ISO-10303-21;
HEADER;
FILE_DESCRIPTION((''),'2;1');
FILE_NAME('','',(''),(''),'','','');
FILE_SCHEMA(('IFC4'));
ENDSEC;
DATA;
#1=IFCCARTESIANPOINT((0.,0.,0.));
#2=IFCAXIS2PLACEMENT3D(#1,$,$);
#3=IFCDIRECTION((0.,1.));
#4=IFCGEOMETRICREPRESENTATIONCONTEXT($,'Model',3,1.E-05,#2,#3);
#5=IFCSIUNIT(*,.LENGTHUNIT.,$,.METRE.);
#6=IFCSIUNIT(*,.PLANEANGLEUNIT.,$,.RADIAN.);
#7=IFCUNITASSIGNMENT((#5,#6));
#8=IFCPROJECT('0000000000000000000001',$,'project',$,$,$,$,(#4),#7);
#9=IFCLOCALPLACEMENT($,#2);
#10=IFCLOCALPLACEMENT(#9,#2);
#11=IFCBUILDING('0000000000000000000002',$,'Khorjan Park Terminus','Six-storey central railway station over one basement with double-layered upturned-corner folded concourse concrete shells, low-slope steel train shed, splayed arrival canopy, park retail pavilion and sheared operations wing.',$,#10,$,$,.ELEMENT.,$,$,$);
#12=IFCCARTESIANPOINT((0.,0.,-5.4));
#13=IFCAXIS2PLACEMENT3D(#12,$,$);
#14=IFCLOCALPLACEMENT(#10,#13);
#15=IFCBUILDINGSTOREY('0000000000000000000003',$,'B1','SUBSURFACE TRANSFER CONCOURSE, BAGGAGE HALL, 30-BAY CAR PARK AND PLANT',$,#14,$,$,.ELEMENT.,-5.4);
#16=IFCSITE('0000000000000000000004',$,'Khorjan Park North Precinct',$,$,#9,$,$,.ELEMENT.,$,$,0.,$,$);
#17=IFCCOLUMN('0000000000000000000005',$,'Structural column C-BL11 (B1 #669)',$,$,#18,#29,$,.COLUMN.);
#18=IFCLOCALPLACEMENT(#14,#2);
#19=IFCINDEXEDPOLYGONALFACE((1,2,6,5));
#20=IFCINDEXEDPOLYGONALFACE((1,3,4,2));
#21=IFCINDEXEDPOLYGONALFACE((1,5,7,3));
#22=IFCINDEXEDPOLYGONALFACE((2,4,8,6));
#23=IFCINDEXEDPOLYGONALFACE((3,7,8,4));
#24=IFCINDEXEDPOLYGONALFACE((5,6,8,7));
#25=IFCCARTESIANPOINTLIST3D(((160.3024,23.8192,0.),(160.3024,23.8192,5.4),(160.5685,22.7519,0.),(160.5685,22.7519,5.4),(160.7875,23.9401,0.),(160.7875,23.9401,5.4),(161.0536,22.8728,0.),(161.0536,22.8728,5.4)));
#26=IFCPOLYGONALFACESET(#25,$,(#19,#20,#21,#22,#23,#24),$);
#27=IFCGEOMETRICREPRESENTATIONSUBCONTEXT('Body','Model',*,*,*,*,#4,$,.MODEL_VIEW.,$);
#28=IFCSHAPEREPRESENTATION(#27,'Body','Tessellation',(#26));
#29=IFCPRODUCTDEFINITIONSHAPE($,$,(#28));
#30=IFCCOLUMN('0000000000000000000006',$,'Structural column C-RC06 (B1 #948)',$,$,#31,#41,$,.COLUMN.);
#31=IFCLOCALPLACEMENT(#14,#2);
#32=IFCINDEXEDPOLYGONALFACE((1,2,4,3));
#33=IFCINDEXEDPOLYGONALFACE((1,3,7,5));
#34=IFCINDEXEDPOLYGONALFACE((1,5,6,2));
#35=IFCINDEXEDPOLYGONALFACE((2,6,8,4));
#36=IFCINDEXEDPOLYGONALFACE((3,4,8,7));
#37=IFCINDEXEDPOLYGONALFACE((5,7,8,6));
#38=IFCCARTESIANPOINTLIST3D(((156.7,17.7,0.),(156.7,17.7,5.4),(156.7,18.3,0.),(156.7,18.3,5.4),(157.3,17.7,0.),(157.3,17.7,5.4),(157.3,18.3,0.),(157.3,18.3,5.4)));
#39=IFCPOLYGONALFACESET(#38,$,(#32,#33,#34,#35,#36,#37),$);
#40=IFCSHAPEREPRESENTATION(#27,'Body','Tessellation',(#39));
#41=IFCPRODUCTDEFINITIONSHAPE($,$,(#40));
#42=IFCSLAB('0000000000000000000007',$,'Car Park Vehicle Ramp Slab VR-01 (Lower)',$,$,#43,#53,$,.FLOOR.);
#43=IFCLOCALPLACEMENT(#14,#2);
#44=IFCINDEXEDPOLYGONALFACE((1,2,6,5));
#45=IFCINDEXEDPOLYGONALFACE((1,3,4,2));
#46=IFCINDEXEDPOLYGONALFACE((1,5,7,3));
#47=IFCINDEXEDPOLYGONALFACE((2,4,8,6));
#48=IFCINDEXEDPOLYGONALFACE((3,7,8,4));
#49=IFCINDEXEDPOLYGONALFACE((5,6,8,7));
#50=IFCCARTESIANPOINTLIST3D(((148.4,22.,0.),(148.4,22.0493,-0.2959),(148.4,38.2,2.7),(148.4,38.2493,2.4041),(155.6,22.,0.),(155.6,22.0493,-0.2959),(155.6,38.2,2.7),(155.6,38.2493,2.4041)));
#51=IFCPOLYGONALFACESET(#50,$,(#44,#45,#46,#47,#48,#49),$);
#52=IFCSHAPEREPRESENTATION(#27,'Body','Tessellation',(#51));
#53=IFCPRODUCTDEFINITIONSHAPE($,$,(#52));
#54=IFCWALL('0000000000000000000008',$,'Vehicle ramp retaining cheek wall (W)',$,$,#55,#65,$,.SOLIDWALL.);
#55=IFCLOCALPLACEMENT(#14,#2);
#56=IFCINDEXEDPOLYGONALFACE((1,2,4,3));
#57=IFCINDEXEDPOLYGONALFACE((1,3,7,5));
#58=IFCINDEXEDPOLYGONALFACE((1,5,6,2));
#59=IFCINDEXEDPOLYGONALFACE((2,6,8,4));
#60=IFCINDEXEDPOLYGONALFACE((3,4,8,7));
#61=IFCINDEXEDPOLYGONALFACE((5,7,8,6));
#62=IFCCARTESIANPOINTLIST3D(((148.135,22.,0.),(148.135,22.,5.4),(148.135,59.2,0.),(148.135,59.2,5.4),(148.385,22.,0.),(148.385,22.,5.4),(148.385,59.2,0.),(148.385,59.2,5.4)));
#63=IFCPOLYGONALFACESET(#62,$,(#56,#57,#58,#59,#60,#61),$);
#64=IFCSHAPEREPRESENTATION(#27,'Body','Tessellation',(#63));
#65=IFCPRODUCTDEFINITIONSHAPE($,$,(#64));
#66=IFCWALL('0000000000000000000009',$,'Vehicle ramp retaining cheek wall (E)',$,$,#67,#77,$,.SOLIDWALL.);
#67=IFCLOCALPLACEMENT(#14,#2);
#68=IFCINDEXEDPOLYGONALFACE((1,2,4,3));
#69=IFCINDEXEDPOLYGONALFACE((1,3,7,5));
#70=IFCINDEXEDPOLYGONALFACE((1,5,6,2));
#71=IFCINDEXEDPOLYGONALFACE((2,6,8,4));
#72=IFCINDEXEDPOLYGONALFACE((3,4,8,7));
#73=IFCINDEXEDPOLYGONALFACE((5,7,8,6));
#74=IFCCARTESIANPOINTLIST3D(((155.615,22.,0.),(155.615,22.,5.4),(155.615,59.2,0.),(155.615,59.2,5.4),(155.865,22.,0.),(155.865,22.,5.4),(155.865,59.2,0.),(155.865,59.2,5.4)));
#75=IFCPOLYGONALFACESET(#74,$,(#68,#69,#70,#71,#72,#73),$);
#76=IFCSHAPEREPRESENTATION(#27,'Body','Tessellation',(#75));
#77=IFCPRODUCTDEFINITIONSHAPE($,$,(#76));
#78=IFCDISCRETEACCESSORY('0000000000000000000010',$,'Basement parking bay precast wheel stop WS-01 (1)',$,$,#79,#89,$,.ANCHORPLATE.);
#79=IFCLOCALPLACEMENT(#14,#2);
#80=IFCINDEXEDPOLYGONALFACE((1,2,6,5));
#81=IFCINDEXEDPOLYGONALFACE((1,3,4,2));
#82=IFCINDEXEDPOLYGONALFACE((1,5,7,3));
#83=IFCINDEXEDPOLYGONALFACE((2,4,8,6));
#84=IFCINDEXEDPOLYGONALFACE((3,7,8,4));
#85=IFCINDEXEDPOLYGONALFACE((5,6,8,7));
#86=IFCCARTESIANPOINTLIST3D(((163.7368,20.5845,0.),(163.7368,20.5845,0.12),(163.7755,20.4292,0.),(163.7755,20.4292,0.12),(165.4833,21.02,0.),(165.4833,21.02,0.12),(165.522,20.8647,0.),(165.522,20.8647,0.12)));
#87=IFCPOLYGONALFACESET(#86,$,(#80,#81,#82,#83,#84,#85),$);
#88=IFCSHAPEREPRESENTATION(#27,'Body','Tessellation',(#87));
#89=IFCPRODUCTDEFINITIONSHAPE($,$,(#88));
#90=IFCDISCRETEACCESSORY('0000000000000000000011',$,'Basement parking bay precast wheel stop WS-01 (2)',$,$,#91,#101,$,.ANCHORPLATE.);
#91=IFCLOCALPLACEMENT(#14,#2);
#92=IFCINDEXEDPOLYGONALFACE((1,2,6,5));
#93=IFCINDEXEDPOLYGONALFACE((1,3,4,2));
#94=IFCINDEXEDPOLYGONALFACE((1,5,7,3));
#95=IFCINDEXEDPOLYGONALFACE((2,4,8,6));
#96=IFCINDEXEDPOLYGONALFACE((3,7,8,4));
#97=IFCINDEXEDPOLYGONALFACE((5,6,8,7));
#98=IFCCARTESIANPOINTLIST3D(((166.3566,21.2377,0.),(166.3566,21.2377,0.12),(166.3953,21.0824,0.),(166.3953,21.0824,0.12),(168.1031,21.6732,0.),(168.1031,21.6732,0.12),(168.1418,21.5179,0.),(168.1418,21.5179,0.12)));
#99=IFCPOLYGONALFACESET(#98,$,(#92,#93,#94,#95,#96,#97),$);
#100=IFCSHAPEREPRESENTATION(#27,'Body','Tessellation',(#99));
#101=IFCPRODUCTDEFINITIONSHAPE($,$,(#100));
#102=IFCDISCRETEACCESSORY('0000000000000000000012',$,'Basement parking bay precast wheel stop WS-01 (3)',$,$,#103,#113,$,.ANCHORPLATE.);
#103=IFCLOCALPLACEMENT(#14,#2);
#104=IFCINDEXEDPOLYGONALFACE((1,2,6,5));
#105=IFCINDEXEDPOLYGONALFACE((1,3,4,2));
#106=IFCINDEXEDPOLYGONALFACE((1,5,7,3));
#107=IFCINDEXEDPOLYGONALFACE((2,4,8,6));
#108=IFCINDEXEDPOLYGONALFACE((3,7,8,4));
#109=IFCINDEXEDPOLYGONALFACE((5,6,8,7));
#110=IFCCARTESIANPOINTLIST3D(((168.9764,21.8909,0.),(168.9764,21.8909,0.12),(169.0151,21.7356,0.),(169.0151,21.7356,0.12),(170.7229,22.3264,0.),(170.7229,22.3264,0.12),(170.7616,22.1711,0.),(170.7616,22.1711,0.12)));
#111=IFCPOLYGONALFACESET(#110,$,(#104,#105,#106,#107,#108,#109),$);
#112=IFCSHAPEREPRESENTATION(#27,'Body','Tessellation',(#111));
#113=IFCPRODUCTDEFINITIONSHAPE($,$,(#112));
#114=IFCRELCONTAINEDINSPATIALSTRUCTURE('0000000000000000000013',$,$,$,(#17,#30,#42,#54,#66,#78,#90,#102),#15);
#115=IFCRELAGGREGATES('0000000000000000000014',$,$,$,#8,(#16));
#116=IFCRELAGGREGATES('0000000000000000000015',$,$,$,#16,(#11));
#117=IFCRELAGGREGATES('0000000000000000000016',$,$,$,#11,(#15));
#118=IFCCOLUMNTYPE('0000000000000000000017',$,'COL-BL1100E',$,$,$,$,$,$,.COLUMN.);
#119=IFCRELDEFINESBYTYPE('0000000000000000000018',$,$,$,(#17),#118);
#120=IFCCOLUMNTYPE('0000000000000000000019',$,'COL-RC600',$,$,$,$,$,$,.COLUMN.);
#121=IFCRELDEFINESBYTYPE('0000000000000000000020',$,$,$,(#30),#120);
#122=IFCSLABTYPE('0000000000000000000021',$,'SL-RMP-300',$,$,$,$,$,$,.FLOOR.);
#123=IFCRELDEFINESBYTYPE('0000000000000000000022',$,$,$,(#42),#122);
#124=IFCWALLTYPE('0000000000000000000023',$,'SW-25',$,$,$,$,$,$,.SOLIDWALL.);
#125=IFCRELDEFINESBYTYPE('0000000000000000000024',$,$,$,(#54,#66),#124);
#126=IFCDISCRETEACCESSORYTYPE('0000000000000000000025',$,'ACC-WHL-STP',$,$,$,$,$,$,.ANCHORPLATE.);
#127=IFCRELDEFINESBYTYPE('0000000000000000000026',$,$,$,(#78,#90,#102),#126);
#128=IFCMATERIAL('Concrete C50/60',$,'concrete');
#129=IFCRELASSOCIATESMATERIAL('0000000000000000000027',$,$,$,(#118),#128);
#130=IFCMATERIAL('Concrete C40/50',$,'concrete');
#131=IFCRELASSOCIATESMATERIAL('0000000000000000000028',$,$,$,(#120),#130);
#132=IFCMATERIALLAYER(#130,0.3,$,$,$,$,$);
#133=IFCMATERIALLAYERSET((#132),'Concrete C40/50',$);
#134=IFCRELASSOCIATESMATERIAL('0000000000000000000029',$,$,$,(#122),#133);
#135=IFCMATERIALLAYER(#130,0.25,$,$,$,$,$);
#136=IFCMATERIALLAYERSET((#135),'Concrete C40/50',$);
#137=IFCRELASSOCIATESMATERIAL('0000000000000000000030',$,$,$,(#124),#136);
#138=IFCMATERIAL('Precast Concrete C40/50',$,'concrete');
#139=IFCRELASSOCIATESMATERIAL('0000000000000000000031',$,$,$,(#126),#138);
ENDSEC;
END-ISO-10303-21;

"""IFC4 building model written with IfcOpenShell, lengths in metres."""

from ifc_helpers import new_model, si_unit, direction, frame, frame_2d, origin, origin_2d, place, context, subcontext, project, spatial, polyline, rectangle, outline, extrude, material, layer, layer_set, material_profile, profile_set, type_object, element, save


model = new_model("IFC4")

# Units and contexts
model_context = context("Model", 3, precision=1e-05, world=origin(), true_north=direction((0.0, 1.0)))
body_context = subcontext(model_context, "Body", "Model", "MODEL_VIEW")
ifc_project = project(units=[si_unit("LENGTHUNIT", "METRE"), si_unit("PLANEANGLEUNIT", "RADIAN")], contexts=[model_context])

# Site, building, storey
site_placement = place(None, origin())
site = spatial("IfcSite", under=ifc_project, at=site_placement, Name="Khorjan Park North Precinct", CompositionType="ELEMENT", RefElevation=0.0)
building_placement = place(site_placement, origin())
building = spatial("IfcBuilding", under=site, at=building_placement, Name="Khorjan Park Terminus", Description="Six-storey central railway station over one basement with double-layered upturned-corner folded concourse concrete shells, low-slope steel train shed, splayed arrival canopy, park retail pavilion and sheared operations wing.", CompositionType="ELEMENT")
storey_placement = place(building_placement, frame((0.0, 0.0, -5.4)))
storey = spatial("IfcBuildingStorey", under=building, at=storey_placement, Name="B1", Description="SUBSURFACE TRANSFER CONCOURSE, BAGGAGE HALL, 30-BAY CAR PARK AND PLANT", CompositionType="ELEMENT", Elevation=-5.4)

# Shared definitions
ifc_material_1 = material(Name="Concrete C40/50", Category="concrete")

# Columns
ifc_material_2 = material(Name="Concrete C50/60", Category="concrete")
ifc_material_profile_1 = material_profile(ifc_material_2, rectangle(XDim=0.5, YDim=1.1, at=origin_2d()), Name="RC 500x1100")
ifc_profile_set_1 = profile_set([ifc_material_profile_1], Name="Concrete C50/60")
column_type_1 = type_object("IfcColumnType", Name="COL-BL1100E", PredefinedType="COLUMN", material=ifc_profile_set_1)
for number, where, z_axis, x_axis, name in (
    (1, (160.678, 23.346, 0.0), (0.0, 0.0, 1.0), (0.970296, 0.241922, 0.0), "Structural column C-BL11 (B1 #669)"),
):
    element("IfcColumn", number, at=place(storey_placement, frame(where, z_axis=z_axis, x_axis=x_axis)), inside=storey, type_object=column_type_1, Name=name, PredefinedType="COLUMN", context=body_context, shape_type="SweptSolid", body=[
        extrude(rectangle(XDim=0.5, YDim=1.1, at=origin_2d()), origin(), (0.0, 0.0, 1.0), 5.4),
    ])
ifc_material_profile_2 = material_profile(ifc_material_1, rectangle(XDim=0.6, YDim=0.6, at=origin_2d()), Name="RC 600x600")
ifc_profile_set_2 = profile_set([ifc_material_profile_2], Name="Concrete C40/50")
column_type_2 = type_object("IfcColumnType", Name="COL-RC600", PredefinedType="COLUMN", material=ifc_profile_set_2)
column_placement = place(storey_placement, frame((157.0, 18.0, 0.0), z_axis=(0.0, 0.0, 1.0), x_axis=(1.0, 0.0, 0.0)))
element("IfcColumn", 2, at=column_placement, inside=storey, type_object=column_type_2, Name="Structural column C-RC06 (B1 #948)", PredefinedType="COLUMN", context=body_context, shape_type="SweptSolid", body=[
    extrude(rectangle(XDim=0.6, YDim=0.6, at=origin_2d()), origin(), (0.0, 0.0, 1.0), 5.4),
])

# Slab
ifc_layer_1 = layer(ifc_material_1, 0.3)
ifc_layer_set_1 = layer_set([ifc_layer_1], Name="Concrete C40/50")
slab_type = type_object("IfcSlabType", Name="SL-RMP-300", PredefinedType="FLOOR", material=ifc_layer_set_1)
slab_placement = place(storey_placement, frame((148.4, 22.0, 0.0), z_axis=(0.0, -0.164399, 0.986394), x_axis=(1.0, 0.0, 0.0)))
element("IfcSlab", 3, at=slab_placement, inside=storey, type_object=slab_type, Name="Car Park Vehicle Ramp Slab VR-01 (Lower)", PredefinedType="FLOOR", context=body_context, shape_type="SweptSolid", body=[
    extrude(outline(polyline([(0.0, 0.0), (7.2, 0.0), (7.2, 16.4235), (0.0, 16.4235), (0.0, 0.0)])), origin(), (0.0, 0.0, -1.0), 0.3),
])

# Walls
ifc_layer_2 = layer(ifc_material_1, 0.25)
ifc_layer_set_2 = layer_set([ifc_layer_2], Name="Concrete C40/50")
wall_type = type_object("IfcWallType", Name="SW-25", PredefinedType="SOLIDWALL", material=ifc_layer_set_2)
for number, where, z_axis, x_axis, name in (
    (4, (148.26, 22.0, 0.0), (0.0, 0.0, 1.0), (0.0, 1.0, 0.0), "Vehicle ramp retaining cheek wall (W)"),
    (5, (155.74, 22.0, 0.0), (0.0, 0.0, 1.0), (0.0, 1.0, 0.0), "Vehicle ramp retaining cheek wall (E)"),
):
    element("IfcWall", number, at=place(storey_placement, frame(where, z_axis=z_axis, x_axis=x_axis)), inside=storey, type_object=wall_type, Name=name, PredefinedType="SOLIDWALL", context=body_context, shape_type="SweptSolid", body=[
        extrude(rectangle(XDim=37.2, YDim=0.25, at=frame_2d((18.6, 0.0))), origin(), (0.0, 0.0, 1.0), 5.4),
    ])

# Discrete accessories
ifc_material_3 = material(Name="Precast Concrete C40/50", Category="concrete")
discrete_accessory_type = type_object("IfcDiscreteAccessoryType", Name="ACC-WHL-STP", PredefinedType="ANCHORPLATE", material=ifc_material_3)
for number, where, z_axis, x_axis, name in (
    (6, (164.6294, 20.7246, 0.0), (0.0, 0.0, 1.0), (0.970296, 0.241922, 0.0), "Basement parking bay precast wheel stop WS-01 (1)"),
    (7, (167.2492, 21.3778, 0.0), (0.0, 0.0, 1.0), (0.970296, 0.241922, 0.0), "Basement parking bay precast wheel stop WS-01 (2)"),
    (8, (169.869, 22.031, 0.0), (0.0, 0.0, 1.0), (0.970296, 0.241922, 0.0), "Basement parking bay precast wheel stop WS-01 (3)"),
):
    element("IfcDiscreteAccessory", number, at=place(storey_placement, frame(where, z_axis=z_axis, x_axis=x_axis)), inside=storey, type_object=discrete_accessory_type, Name=name, PredefinedType="ANCHORPLATE", context=body_context, shape_type="SweptSolid", body=[
        extrude(rectangle(XDim=1.8, YDim=0.16, at=origin_2d()), origin(), (0.0, 0.0, 1.0), 0.12),
    ])

save(model, "model.ifc")
